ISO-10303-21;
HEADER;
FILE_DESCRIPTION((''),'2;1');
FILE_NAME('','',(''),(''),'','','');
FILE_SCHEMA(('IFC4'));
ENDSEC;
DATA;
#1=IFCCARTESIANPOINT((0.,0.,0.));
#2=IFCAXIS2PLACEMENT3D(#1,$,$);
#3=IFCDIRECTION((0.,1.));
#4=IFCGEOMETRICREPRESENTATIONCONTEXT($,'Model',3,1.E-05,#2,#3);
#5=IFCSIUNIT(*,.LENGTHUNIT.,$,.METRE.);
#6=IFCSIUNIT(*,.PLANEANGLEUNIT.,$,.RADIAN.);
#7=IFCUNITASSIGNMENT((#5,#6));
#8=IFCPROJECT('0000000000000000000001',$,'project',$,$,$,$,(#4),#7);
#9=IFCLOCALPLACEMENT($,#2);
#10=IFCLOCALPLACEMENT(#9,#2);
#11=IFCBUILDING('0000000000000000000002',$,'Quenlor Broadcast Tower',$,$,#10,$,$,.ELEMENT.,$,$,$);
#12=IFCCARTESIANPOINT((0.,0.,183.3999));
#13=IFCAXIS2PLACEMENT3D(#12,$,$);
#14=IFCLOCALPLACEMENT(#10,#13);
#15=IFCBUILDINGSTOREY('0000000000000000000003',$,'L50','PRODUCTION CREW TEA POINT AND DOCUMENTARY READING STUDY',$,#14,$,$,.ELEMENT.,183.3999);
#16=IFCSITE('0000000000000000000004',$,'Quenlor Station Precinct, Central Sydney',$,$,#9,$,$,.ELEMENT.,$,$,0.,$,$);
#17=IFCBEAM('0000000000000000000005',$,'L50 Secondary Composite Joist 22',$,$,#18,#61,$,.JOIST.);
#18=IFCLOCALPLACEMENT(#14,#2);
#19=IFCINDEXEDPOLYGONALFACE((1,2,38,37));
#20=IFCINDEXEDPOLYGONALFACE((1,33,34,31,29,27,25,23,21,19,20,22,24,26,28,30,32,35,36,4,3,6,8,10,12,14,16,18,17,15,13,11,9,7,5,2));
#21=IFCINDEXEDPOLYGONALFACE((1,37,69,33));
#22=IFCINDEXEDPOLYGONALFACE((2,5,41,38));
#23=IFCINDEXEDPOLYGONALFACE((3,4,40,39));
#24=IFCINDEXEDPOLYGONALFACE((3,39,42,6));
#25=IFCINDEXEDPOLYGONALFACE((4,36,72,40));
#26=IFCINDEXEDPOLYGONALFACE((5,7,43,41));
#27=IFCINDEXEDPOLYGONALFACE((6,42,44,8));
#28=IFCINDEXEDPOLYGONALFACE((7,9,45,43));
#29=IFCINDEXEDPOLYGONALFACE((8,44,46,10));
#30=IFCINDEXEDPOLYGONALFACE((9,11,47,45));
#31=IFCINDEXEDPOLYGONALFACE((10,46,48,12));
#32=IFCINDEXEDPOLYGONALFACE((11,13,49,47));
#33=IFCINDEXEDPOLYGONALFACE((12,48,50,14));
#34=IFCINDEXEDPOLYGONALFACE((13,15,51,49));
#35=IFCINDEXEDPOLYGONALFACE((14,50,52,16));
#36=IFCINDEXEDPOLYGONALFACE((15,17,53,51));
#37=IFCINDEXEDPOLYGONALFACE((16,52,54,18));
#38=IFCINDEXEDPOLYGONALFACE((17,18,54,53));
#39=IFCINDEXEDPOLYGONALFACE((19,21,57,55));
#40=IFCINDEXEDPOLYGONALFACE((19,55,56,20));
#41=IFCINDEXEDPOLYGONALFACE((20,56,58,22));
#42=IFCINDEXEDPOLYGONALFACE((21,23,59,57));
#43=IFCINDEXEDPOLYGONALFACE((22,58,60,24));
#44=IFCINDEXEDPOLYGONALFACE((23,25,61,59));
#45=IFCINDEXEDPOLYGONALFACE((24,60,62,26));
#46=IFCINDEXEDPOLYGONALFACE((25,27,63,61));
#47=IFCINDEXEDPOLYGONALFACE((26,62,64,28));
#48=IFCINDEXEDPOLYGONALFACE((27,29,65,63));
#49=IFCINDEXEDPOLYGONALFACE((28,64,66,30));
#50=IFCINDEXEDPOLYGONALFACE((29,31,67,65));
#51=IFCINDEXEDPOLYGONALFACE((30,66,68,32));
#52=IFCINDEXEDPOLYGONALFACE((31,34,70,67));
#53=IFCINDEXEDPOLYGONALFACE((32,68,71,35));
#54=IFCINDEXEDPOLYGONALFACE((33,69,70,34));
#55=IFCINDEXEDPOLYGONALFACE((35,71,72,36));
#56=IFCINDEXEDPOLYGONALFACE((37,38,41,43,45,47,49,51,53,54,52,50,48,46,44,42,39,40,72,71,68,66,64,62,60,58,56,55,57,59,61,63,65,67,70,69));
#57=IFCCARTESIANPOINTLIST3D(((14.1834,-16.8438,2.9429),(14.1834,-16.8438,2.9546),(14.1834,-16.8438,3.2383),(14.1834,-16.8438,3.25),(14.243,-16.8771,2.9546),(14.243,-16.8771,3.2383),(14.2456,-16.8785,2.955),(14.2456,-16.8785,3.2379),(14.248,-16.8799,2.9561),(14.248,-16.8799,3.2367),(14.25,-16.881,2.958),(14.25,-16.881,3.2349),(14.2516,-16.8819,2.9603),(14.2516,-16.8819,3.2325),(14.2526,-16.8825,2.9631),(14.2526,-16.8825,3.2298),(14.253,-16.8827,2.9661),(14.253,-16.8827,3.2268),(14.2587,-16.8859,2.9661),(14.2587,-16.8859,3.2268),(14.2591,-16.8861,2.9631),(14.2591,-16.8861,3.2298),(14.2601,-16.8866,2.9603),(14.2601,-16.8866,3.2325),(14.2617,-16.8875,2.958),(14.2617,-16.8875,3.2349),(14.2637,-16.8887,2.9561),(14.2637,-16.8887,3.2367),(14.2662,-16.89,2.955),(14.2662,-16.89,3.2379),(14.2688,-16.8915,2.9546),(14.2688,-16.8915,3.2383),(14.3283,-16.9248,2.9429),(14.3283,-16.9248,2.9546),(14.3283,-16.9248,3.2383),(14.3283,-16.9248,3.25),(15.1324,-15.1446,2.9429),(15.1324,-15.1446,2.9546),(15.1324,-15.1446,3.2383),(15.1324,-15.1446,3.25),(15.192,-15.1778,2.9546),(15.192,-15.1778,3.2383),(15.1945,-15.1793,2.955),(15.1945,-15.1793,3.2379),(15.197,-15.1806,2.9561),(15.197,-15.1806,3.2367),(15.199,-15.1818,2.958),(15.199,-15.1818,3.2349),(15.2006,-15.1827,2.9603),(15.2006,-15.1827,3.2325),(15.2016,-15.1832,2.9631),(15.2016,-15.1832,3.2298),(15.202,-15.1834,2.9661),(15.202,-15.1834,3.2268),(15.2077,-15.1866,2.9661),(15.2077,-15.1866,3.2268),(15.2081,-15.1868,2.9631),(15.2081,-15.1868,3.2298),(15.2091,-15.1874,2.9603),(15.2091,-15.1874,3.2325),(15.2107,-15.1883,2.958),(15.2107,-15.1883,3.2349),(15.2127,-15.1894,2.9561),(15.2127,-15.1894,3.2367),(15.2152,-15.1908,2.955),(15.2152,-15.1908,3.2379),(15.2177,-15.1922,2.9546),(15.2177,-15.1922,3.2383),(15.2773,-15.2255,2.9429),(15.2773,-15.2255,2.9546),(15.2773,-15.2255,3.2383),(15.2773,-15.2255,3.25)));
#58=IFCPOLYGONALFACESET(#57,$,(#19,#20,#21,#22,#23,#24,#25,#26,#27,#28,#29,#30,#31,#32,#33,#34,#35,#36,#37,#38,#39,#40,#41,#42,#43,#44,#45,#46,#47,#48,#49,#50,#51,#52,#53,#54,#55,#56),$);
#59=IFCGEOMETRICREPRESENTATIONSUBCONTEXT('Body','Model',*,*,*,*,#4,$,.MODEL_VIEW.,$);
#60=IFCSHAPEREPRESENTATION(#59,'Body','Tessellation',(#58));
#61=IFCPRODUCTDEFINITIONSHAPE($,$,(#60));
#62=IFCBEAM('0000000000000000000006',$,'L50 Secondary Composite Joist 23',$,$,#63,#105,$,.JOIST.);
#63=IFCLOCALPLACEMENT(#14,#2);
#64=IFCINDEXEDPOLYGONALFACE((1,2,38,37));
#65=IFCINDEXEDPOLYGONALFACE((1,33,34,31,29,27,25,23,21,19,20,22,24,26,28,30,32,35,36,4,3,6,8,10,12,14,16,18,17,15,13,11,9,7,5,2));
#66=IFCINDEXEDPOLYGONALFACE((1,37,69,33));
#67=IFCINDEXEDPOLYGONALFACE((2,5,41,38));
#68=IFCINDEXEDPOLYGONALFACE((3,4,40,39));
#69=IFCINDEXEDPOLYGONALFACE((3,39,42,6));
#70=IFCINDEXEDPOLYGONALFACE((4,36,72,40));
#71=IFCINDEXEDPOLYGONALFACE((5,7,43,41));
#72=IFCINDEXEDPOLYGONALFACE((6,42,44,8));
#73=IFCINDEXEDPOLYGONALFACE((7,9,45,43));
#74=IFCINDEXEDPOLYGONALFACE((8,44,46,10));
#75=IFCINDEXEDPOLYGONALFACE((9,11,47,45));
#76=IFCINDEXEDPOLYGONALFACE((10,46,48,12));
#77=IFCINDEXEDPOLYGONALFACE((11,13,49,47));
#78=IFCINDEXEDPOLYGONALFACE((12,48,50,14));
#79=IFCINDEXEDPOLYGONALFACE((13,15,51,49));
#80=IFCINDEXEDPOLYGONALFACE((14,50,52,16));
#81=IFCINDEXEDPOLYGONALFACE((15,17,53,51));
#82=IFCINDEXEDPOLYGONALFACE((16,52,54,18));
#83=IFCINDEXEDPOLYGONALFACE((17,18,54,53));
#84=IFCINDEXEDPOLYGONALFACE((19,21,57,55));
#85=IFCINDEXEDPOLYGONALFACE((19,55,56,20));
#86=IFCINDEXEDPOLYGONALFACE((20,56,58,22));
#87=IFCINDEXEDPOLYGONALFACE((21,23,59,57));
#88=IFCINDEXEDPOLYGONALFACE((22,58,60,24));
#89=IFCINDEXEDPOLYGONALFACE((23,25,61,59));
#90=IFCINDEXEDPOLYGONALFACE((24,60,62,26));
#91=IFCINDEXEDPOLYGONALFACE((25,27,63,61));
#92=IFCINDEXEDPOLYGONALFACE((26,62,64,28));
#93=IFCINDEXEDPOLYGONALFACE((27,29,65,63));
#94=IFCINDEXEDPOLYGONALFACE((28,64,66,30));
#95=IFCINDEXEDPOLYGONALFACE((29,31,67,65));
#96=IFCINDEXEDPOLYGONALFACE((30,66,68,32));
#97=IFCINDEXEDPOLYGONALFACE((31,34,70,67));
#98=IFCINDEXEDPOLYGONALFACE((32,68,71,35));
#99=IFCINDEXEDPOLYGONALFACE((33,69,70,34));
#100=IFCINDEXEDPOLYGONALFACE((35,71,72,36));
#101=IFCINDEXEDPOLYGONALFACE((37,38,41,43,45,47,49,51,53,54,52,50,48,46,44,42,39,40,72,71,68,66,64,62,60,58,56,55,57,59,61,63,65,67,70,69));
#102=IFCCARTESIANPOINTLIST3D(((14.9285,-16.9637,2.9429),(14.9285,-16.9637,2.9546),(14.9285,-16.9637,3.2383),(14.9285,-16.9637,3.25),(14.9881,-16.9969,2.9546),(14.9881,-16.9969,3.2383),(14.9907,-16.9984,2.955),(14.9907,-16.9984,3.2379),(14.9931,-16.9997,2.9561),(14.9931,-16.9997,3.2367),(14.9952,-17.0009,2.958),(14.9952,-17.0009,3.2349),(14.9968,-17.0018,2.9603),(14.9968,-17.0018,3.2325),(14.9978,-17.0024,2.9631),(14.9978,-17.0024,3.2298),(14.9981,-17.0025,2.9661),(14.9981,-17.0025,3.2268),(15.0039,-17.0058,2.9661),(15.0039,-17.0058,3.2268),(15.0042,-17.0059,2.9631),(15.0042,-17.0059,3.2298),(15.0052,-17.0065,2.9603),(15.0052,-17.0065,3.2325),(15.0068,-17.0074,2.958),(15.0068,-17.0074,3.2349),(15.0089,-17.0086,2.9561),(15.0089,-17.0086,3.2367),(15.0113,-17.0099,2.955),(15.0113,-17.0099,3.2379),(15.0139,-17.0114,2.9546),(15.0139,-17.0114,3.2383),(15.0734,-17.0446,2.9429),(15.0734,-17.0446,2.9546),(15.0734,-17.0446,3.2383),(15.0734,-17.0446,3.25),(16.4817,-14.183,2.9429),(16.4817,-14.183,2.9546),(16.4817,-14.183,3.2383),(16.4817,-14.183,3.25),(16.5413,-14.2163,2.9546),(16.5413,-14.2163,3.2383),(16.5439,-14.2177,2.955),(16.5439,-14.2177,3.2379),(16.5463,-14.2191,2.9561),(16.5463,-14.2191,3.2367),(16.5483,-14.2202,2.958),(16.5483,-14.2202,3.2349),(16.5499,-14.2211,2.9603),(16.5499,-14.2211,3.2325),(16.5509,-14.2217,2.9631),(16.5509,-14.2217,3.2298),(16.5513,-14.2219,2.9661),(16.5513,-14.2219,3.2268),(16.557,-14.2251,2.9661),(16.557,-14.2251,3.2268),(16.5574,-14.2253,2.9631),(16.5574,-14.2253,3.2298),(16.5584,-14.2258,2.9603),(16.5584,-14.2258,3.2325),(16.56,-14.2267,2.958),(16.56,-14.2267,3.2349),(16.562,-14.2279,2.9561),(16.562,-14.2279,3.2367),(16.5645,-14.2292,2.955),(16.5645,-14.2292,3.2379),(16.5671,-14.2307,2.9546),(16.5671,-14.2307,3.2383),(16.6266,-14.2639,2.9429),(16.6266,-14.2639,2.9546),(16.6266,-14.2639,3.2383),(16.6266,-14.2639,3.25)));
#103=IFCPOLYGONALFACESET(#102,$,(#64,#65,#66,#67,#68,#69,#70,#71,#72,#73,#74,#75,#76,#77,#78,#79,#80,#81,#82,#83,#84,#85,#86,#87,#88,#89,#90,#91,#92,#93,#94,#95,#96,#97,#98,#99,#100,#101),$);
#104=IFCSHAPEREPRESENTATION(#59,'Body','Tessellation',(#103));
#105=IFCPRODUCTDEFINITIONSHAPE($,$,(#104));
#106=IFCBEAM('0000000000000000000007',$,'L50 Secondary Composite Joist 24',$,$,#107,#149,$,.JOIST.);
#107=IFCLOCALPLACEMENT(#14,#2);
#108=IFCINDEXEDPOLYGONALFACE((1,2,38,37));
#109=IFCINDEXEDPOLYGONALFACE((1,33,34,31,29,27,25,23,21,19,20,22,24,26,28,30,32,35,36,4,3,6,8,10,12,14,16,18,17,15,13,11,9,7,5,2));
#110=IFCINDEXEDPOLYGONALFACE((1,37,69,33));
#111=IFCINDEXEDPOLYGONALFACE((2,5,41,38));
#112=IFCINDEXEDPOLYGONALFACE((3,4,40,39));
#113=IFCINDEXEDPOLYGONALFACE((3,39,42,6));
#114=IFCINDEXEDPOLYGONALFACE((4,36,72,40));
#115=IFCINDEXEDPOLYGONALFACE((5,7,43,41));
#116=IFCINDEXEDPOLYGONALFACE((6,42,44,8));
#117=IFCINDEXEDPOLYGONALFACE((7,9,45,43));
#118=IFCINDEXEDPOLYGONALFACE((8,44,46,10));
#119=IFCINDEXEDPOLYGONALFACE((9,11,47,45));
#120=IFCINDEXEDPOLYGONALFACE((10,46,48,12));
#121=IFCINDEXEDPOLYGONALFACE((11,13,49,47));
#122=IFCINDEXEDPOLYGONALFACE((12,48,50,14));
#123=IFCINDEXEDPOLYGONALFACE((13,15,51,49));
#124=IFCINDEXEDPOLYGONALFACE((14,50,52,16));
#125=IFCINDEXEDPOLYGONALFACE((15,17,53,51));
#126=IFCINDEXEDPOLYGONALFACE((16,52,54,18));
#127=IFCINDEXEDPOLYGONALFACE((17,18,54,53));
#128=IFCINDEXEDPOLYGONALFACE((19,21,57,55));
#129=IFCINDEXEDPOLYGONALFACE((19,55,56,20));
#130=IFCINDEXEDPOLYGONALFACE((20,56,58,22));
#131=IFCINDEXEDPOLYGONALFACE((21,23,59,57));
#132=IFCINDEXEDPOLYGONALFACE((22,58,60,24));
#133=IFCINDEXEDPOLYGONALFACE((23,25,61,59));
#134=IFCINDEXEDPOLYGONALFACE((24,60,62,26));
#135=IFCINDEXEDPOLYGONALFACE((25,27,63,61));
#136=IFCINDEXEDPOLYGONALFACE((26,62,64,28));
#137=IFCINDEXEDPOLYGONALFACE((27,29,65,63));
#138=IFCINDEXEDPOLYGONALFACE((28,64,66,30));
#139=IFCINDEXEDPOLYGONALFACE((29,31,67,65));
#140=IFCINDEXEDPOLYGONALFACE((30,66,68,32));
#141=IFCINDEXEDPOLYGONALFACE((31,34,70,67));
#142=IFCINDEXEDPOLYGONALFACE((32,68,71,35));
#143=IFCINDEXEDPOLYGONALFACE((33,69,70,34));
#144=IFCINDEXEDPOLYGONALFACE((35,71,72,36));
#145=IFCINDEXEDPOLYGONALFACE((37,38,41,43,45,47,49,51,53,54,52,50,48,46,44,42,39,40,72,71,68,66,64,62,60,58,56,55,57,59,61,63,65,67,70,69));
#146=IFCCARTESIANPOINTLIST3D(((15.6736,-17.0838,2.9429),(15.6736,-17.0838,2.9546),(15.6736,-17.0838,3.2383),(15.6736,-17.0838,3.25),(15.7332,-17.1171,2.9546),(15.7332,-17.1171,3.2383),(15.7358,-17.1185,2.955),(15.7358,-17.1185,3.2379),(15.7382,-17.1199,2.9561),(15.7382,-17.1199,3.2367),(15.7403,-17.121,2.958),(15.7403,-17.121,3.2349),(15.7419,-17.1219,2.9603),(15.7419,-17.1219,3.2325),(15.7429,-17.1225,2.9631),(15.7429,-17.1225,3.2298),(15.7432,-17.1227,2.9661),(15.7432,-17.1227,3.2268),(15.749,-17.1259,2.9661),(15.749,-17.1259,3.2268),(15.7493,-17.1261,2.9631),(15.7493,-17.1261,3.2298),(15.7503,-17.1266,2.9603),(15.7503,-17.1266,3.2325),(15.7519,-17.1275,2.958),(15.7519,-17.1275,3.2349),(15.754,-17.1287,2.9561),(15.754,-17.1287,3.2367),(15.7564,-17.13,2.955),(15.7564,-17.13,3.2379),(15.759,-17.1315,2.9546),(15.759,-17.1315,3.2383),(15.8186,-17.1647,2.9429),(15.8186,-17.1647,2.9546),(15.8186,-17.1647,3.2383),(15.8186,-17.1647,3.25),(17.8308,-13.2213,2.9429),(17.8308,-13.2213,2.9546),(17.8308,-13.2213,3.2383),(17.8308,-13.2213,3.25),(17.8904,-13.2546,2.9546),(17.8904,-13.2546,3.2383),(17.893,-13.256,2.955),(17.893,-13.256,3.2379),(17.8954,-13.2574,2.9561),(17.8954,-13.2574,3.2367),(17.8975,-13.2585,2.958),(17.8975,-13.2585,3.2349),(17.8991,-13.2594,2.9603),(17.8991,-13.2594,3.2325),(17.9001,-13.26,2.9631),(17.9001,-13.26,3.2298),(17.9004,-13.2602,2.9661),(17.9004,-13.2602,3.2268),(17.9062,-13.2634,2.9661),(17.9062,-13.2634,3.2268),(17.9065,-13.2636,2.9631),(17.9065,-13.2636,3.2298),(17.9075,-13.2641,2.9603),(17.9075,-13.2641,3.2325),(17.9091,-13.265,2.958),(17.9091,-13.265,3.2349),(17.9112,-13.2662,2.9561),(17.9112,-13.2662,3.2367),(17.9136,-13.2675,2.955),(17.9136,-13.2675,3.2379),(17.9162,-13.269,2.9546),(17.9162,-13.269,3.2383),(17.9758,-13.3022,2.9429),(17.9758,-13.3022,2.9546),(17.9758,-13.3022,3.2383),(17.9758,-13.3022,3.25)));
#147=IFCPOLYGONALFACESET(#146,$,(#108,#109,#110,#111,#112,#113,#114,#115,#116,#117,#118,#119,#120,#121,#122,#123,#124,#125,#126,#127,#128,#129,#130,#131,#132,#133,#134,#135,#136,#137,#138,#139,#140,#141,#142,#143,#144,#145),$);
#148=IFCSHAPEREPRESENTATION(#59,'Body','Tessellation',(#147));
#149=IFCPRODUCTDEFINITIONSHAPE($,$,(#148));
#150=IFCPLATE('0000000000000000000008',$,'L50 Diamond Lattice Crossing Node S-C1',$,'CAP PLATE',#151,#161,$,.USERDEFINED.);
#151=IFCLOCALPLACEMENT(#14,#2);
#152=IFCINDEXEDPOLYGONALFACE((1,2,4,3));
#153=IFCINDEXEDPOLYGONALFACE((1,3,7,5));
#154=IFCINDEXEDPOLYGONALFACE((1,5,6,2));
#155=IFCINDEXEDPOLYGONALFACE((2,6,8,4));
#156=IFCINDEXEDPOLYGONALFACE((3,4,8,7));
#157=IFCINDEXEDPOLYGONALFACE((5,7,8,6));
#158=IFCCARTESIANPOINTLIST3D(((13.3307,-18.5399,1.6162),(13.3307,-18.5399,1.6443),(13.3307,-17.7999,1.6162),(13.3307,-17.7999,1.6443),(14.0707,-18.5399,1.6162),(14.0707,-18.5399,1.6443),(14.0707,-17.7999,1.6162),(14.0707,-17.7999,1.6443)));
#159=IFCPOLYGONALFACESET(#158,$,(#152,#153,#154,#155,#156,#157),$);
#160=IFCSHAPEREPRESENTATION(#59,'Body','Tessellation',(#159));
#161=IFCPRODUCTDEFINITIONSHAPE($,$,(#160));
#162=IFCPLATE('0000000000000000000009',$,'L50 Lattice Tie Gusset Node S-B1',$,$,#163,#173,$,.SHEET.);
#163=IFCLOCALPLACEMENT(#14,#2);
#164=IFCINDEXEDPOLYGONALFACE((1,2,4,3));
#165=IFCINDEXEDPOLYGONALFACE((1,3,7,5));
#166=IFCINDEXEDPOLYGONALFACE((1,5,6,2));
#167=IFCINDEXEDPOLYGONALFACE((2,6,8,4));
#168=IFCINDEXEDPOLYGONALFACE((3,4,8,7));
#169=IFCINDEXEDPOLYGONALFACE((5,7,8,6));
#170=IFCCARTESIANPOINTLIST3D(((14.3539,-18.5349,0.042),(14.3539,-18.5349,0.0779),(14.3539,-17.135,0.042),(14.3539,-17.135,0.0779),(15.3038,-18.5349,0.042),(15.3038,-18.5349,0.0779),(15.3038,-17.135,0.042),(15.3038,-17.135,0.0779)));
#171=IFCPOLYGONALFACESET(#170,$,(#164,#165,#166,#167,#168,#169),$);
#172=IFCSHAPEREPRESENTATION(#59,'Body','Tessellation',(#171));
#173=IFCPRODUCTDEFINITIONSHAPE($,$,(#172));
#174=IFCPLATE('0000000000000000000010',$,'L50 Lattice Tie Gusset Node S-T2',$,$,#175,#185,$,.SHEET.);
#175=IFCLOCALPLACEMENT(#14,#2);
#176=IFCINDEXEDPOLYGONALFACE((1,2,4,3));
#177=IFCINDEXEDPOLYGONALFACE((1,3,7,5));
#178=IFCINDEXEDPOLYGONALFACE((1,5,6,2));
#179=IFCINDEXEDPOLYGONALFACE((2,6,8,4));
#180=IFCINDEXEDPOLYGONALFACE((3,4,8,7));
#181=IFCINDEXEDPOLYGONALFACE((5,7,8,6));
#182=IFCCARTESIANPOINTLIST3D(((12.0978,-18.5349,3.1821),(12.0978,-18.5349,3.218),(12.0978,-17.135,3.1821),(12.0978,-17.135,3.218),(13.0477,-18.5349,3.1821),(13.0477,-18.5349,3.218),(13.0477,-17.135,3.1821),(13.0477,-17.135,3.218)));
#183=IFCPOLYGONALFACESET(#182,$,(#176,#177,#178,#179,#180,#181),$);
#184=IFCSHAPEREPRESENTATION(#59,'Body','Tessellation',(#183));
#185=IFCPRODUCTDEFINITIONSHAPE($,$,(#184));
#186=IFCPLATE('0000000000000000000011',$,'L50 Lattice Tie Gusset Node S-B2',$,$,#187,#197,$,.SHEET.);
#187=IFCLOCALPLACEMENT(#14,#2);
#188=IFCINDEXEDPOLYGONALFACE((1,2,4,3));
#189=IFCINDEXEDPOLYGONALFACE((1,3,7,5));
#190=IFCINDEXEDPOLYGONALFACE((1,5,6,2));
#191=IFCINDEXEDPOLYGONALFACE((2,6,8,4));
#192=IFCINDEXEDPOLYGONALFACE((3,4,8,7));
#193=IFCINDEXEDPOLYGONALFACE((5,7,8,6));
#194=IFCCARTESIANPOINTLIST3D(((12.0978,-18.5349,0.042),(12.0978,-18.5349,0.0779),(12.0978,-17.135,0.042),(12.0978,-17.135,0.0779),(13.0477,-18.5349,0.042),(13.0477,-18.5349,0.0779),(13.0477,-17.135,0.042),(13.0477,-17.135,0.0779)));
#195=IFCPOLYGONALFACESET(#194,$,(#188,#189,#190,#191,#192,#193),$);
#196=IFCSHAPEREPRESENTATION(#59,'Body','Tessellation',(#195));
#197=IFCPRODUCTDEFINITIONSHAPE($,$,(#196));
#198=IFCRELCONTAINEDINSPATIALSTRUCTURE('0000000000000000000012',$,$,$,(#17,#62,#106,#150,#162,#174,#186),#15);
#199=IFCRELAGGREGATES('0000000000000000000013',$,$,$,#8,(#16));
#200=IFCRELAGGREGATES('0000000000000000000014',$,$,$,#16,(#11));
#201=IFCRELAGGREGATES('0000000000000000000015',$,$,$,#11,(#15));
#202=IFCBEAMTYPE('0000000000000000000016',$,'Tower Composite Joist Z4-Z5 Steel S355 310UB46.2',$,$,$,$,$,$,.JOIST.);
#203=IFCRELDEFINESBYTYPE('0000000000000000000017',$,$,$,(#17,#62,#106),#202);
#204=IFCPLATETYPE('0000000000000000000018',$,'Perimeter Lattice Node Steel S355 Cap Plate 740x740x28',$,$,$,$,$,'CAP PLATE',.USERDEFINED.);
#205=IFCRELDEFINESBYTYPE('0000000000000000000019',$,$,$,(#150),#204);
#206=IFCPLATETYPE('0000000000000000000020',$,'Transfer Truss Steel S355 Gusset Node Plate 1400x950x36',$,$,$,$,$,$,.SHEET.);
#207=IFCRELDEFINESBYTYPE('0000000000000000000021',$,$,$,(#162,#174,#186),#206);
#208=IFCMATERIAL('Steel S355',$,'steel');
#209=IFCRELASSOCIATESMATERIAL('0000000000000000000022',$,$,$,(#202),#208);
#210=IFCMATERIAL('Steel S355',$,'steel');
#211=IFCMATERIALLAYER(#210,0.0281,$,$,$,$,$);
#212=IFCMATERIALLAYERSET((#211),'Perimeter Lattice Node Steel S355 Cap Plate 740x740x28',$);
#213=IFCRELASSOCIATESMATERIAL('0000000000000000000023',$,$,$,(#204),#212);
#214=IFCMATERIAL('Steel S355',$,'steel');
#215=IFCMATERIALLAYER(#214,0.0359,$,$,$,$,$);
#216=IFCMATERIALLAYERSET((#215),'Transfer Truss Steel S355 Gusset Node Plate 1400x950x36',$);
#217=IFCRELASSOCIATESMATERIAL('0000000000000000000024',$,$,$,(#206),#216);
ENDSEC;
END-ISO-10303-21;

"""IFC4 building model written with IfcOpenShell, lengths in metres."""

from ifc_helpers import new_model, si_unit, direction, frame, origin, origin_2d, place, context, subcontext, project, spatial, rectangle, i_section, extrude, material, layer, layer_set, material_profile, profile_set, type_object, element, save


model = new_model("IFC4")

# Units and contexts
model_context = context("Model", 3, precision=1e-05, world=origin(), true_north=direction((0.0, 1.0)))
body_context = subcontext(model_context, "Body", "Model", "MODEL_VIEW")
ifc_project = project(units=[si_unit("LENGTHUNIT", "METRE"), si_unit("PLANEANGLEUNIT", "RADIAN")], contexts=[model_context])

# Site, building, storey
site_placement = place(None, origin())
site = spatial("IfcSite", under=ifc_project, at=site_placement, Name="Quenlor Station Precinct, Central Sydney", CompositionType="ELEMENT", RefElevation=0.0)
building_placement = place(site_placement, origin())
building = spatial("IfcBuilding", under=site, at=building_placement, Name="Quenlor Broadcast Tower", CompositionType="ELEMENT")
storey_placement = place(building_placement, frame((0.0, 0.0, 183.3999)))
storey = spatial("IfcBuildingStorey", under=building, at=storey_placement, Name="L50", Description="PRODUCTION CREW TEA POINT AND DOCUMENTARY READING STUDY", CompositionType="ELEMENT", Elevation=183.3999)

# Beams
ifc_material_1 = material(Name="Steel S355", Category="steel")
ifc_material_profile_1 = material_profile(ifc_material_1, i_section(OverallWidth=0.166, OverallDepth=0.3071, WebThickness=0.0066, FlangeThickness=0.0117, FilletRadius=0.0115, at=origin_2d()))
ifc_profile_set_1 = profile_set([ifc_material_profile_1], Name="Steel S355 310UB46.2")
beam_type_1 = type_object("IfcBeamType", Name="Tower Composite Joist Z4-Z5 Steel S355 310UB46.2", PredefinedType="JOIST", material=ifc_profile_set_1)
beam_1_placement = place(storey_placement, frame((14.2559, -16.8843, 3.0964), z_axis=(0.487591, 0.873072, 0.0), x_axis=(-0.873072, 0.487591, 0.0)))
element("IfcBeam", 1, at=beam_1_placement, inside=storey, type_object=beam_type_1, Name="L50 Secondary Composite Joist 22", PredefinedType="JOIST", context=body_context, shape_type="SweptSolid", body=[
    extrude(i_section(OverallWidth=0.166, OverallDepth=0.3071, WebThickness=0.0066, FlangeThickness=0.0117, FilletRadius=0.0115, at=origin_2d()), origin(), (0.0, 0.0, 1.0), 1.9463),
])
beam_2_placement = place(storey_placement, frame((15.001, -17.0042, 3.0964), z_axis=(0.487646, 0.873041, 0.0), x_axis=(-0.873041, 0.487646, 0.0)))
element("IfcBeam", 2, at=beam_2_placement, inside=storey, type_object=beam_type_1, Name="L50 Secondary Composite Joist 23", PredefinedType="JOIST", context=body_context, shape_type="SweptSolid", body=[
    extrude(i_section(OverallWidth=0.166, OverallDepth=0.3071, WebThickness=0.0066, FlangeThickness=0.0117, FilletRadius=0.0115, at=origin_2d()), origin(), (0.0, 0.0, 1.0), 3.1851),
])
beam_3_placement = place(storey_placement, frame((15.7461, -17.1243, 3.0964), z_axis=(0.487605, 0.873064, 0.0), x_axis=(-0.873064, 0.487605, 0.0)))
element("IfcBeam", 3, at=beam_3_placement, inside=storey, type_object=beam_type_1, Name="L50 Secondary Composite Joist 24", PredefinedType="JOIST", context=body_context, shape_type="SweptSolid", body=[
    extrude(i_section(OverallWidth=0.166, OverallDepth=0.3071, WebThickness=0.0066, FlangeThickness=0.0117, FilletRadius=0.0115, at=origin_2d()), origin(), (0.0, 0.0, 1.0), 4.4241),
])

# Plates
ifc_material_2 = material(Name="Steel S355", Category="steel")
ifc_layer_1 = layer(ifc_material_2, 0.0281)
ifc_layer_set_1 = layer_set([ifc_layer_1], Name="Perimeter Lattice Node Steel S355 Cap Plate 740x740x28")
plate_type_1 = type_object("IfcPlateType", Name="Perimeter Lattice Node Steel S355 Cap Plate 740x740x28", ElementType="CAP PLATE", PredefinedType="USERDEFINED", material=ifc_layer_set_1)
plate_placement = place(storey_placement, frame((13.7007, -18.1699, 1.6162), z_axis=(0.0, 0.0, 1.0), x_axis=(-1.0, 0.0, 0.0)))
element("IfcPlate", 4, at=plate_placement, inside=storey, type_object=plate_type_1, Name="L50 Diamond Lattice Crossing Node S-C1", ObjectType="CAP PLATE", PredefinedType="USERDEFINED", context=body_context, shape_type="SweptSolid", body=[
    extrude(rectangle(XDim=0.74, YDim=0.74, at=origin_2d()), origin(), (0.0, 0.0, 1.0), 0.0281),
])
ifc_material_3 = material(Name="Steel S355", Category="steel")
ifc_layer_2 = layer(ifc_material_3, 0.0359)
ifc_layer_set_2 = layer_set([ifc_layer_2], Name="Transfer Truss Steel S355 Gusset Node Plate 1400x950x36")
plate_type_2 = type_object("IfcPlateType", Name="Transfer Truss Steel S355 Gusset Node Plate 1400x950x36", PredefinedType="SHEET", material=ifc_layer_set_2)
for number, where, z_axis, x_axis, name in (
    (5, (14.8289, -17.835, 0.042), (0.0, 0.0, 1.0), (0.0, -1.0, 0.0), "L50 Lattice Tie Gusset Node S-B1"),
    (6, (12.5728, -17.835, 3.1821), (0.0, 0.0, 1.0), (0.0, -1.0, 0.0), "L50 Lattice Tie Gusset Node S-T2"),
    (7, (12.5728, -17.835, 0.042), (0.0, 0.0, 1.0), (0.0, -1.0, 0.0), "L50 Lattice Tie Gusset Node S-B2"),
):
    element("IfcPlate", number, at=place(storey_placement, frame(where, z_axis=z_axis, x_axis=x_axis)), inside=storey, type_object=plate_type_2, Name=name, PredefinedType="SHEET", context=body_context, shape_type="SweptSolid", body=[
        extrude(rectangle(XDim=1.3999, YDim=0.95, at=origin_2d()), origin(), (0.0, 0.0, 1.0), 0.0359),
    ])

save(model, "model.ifc")
